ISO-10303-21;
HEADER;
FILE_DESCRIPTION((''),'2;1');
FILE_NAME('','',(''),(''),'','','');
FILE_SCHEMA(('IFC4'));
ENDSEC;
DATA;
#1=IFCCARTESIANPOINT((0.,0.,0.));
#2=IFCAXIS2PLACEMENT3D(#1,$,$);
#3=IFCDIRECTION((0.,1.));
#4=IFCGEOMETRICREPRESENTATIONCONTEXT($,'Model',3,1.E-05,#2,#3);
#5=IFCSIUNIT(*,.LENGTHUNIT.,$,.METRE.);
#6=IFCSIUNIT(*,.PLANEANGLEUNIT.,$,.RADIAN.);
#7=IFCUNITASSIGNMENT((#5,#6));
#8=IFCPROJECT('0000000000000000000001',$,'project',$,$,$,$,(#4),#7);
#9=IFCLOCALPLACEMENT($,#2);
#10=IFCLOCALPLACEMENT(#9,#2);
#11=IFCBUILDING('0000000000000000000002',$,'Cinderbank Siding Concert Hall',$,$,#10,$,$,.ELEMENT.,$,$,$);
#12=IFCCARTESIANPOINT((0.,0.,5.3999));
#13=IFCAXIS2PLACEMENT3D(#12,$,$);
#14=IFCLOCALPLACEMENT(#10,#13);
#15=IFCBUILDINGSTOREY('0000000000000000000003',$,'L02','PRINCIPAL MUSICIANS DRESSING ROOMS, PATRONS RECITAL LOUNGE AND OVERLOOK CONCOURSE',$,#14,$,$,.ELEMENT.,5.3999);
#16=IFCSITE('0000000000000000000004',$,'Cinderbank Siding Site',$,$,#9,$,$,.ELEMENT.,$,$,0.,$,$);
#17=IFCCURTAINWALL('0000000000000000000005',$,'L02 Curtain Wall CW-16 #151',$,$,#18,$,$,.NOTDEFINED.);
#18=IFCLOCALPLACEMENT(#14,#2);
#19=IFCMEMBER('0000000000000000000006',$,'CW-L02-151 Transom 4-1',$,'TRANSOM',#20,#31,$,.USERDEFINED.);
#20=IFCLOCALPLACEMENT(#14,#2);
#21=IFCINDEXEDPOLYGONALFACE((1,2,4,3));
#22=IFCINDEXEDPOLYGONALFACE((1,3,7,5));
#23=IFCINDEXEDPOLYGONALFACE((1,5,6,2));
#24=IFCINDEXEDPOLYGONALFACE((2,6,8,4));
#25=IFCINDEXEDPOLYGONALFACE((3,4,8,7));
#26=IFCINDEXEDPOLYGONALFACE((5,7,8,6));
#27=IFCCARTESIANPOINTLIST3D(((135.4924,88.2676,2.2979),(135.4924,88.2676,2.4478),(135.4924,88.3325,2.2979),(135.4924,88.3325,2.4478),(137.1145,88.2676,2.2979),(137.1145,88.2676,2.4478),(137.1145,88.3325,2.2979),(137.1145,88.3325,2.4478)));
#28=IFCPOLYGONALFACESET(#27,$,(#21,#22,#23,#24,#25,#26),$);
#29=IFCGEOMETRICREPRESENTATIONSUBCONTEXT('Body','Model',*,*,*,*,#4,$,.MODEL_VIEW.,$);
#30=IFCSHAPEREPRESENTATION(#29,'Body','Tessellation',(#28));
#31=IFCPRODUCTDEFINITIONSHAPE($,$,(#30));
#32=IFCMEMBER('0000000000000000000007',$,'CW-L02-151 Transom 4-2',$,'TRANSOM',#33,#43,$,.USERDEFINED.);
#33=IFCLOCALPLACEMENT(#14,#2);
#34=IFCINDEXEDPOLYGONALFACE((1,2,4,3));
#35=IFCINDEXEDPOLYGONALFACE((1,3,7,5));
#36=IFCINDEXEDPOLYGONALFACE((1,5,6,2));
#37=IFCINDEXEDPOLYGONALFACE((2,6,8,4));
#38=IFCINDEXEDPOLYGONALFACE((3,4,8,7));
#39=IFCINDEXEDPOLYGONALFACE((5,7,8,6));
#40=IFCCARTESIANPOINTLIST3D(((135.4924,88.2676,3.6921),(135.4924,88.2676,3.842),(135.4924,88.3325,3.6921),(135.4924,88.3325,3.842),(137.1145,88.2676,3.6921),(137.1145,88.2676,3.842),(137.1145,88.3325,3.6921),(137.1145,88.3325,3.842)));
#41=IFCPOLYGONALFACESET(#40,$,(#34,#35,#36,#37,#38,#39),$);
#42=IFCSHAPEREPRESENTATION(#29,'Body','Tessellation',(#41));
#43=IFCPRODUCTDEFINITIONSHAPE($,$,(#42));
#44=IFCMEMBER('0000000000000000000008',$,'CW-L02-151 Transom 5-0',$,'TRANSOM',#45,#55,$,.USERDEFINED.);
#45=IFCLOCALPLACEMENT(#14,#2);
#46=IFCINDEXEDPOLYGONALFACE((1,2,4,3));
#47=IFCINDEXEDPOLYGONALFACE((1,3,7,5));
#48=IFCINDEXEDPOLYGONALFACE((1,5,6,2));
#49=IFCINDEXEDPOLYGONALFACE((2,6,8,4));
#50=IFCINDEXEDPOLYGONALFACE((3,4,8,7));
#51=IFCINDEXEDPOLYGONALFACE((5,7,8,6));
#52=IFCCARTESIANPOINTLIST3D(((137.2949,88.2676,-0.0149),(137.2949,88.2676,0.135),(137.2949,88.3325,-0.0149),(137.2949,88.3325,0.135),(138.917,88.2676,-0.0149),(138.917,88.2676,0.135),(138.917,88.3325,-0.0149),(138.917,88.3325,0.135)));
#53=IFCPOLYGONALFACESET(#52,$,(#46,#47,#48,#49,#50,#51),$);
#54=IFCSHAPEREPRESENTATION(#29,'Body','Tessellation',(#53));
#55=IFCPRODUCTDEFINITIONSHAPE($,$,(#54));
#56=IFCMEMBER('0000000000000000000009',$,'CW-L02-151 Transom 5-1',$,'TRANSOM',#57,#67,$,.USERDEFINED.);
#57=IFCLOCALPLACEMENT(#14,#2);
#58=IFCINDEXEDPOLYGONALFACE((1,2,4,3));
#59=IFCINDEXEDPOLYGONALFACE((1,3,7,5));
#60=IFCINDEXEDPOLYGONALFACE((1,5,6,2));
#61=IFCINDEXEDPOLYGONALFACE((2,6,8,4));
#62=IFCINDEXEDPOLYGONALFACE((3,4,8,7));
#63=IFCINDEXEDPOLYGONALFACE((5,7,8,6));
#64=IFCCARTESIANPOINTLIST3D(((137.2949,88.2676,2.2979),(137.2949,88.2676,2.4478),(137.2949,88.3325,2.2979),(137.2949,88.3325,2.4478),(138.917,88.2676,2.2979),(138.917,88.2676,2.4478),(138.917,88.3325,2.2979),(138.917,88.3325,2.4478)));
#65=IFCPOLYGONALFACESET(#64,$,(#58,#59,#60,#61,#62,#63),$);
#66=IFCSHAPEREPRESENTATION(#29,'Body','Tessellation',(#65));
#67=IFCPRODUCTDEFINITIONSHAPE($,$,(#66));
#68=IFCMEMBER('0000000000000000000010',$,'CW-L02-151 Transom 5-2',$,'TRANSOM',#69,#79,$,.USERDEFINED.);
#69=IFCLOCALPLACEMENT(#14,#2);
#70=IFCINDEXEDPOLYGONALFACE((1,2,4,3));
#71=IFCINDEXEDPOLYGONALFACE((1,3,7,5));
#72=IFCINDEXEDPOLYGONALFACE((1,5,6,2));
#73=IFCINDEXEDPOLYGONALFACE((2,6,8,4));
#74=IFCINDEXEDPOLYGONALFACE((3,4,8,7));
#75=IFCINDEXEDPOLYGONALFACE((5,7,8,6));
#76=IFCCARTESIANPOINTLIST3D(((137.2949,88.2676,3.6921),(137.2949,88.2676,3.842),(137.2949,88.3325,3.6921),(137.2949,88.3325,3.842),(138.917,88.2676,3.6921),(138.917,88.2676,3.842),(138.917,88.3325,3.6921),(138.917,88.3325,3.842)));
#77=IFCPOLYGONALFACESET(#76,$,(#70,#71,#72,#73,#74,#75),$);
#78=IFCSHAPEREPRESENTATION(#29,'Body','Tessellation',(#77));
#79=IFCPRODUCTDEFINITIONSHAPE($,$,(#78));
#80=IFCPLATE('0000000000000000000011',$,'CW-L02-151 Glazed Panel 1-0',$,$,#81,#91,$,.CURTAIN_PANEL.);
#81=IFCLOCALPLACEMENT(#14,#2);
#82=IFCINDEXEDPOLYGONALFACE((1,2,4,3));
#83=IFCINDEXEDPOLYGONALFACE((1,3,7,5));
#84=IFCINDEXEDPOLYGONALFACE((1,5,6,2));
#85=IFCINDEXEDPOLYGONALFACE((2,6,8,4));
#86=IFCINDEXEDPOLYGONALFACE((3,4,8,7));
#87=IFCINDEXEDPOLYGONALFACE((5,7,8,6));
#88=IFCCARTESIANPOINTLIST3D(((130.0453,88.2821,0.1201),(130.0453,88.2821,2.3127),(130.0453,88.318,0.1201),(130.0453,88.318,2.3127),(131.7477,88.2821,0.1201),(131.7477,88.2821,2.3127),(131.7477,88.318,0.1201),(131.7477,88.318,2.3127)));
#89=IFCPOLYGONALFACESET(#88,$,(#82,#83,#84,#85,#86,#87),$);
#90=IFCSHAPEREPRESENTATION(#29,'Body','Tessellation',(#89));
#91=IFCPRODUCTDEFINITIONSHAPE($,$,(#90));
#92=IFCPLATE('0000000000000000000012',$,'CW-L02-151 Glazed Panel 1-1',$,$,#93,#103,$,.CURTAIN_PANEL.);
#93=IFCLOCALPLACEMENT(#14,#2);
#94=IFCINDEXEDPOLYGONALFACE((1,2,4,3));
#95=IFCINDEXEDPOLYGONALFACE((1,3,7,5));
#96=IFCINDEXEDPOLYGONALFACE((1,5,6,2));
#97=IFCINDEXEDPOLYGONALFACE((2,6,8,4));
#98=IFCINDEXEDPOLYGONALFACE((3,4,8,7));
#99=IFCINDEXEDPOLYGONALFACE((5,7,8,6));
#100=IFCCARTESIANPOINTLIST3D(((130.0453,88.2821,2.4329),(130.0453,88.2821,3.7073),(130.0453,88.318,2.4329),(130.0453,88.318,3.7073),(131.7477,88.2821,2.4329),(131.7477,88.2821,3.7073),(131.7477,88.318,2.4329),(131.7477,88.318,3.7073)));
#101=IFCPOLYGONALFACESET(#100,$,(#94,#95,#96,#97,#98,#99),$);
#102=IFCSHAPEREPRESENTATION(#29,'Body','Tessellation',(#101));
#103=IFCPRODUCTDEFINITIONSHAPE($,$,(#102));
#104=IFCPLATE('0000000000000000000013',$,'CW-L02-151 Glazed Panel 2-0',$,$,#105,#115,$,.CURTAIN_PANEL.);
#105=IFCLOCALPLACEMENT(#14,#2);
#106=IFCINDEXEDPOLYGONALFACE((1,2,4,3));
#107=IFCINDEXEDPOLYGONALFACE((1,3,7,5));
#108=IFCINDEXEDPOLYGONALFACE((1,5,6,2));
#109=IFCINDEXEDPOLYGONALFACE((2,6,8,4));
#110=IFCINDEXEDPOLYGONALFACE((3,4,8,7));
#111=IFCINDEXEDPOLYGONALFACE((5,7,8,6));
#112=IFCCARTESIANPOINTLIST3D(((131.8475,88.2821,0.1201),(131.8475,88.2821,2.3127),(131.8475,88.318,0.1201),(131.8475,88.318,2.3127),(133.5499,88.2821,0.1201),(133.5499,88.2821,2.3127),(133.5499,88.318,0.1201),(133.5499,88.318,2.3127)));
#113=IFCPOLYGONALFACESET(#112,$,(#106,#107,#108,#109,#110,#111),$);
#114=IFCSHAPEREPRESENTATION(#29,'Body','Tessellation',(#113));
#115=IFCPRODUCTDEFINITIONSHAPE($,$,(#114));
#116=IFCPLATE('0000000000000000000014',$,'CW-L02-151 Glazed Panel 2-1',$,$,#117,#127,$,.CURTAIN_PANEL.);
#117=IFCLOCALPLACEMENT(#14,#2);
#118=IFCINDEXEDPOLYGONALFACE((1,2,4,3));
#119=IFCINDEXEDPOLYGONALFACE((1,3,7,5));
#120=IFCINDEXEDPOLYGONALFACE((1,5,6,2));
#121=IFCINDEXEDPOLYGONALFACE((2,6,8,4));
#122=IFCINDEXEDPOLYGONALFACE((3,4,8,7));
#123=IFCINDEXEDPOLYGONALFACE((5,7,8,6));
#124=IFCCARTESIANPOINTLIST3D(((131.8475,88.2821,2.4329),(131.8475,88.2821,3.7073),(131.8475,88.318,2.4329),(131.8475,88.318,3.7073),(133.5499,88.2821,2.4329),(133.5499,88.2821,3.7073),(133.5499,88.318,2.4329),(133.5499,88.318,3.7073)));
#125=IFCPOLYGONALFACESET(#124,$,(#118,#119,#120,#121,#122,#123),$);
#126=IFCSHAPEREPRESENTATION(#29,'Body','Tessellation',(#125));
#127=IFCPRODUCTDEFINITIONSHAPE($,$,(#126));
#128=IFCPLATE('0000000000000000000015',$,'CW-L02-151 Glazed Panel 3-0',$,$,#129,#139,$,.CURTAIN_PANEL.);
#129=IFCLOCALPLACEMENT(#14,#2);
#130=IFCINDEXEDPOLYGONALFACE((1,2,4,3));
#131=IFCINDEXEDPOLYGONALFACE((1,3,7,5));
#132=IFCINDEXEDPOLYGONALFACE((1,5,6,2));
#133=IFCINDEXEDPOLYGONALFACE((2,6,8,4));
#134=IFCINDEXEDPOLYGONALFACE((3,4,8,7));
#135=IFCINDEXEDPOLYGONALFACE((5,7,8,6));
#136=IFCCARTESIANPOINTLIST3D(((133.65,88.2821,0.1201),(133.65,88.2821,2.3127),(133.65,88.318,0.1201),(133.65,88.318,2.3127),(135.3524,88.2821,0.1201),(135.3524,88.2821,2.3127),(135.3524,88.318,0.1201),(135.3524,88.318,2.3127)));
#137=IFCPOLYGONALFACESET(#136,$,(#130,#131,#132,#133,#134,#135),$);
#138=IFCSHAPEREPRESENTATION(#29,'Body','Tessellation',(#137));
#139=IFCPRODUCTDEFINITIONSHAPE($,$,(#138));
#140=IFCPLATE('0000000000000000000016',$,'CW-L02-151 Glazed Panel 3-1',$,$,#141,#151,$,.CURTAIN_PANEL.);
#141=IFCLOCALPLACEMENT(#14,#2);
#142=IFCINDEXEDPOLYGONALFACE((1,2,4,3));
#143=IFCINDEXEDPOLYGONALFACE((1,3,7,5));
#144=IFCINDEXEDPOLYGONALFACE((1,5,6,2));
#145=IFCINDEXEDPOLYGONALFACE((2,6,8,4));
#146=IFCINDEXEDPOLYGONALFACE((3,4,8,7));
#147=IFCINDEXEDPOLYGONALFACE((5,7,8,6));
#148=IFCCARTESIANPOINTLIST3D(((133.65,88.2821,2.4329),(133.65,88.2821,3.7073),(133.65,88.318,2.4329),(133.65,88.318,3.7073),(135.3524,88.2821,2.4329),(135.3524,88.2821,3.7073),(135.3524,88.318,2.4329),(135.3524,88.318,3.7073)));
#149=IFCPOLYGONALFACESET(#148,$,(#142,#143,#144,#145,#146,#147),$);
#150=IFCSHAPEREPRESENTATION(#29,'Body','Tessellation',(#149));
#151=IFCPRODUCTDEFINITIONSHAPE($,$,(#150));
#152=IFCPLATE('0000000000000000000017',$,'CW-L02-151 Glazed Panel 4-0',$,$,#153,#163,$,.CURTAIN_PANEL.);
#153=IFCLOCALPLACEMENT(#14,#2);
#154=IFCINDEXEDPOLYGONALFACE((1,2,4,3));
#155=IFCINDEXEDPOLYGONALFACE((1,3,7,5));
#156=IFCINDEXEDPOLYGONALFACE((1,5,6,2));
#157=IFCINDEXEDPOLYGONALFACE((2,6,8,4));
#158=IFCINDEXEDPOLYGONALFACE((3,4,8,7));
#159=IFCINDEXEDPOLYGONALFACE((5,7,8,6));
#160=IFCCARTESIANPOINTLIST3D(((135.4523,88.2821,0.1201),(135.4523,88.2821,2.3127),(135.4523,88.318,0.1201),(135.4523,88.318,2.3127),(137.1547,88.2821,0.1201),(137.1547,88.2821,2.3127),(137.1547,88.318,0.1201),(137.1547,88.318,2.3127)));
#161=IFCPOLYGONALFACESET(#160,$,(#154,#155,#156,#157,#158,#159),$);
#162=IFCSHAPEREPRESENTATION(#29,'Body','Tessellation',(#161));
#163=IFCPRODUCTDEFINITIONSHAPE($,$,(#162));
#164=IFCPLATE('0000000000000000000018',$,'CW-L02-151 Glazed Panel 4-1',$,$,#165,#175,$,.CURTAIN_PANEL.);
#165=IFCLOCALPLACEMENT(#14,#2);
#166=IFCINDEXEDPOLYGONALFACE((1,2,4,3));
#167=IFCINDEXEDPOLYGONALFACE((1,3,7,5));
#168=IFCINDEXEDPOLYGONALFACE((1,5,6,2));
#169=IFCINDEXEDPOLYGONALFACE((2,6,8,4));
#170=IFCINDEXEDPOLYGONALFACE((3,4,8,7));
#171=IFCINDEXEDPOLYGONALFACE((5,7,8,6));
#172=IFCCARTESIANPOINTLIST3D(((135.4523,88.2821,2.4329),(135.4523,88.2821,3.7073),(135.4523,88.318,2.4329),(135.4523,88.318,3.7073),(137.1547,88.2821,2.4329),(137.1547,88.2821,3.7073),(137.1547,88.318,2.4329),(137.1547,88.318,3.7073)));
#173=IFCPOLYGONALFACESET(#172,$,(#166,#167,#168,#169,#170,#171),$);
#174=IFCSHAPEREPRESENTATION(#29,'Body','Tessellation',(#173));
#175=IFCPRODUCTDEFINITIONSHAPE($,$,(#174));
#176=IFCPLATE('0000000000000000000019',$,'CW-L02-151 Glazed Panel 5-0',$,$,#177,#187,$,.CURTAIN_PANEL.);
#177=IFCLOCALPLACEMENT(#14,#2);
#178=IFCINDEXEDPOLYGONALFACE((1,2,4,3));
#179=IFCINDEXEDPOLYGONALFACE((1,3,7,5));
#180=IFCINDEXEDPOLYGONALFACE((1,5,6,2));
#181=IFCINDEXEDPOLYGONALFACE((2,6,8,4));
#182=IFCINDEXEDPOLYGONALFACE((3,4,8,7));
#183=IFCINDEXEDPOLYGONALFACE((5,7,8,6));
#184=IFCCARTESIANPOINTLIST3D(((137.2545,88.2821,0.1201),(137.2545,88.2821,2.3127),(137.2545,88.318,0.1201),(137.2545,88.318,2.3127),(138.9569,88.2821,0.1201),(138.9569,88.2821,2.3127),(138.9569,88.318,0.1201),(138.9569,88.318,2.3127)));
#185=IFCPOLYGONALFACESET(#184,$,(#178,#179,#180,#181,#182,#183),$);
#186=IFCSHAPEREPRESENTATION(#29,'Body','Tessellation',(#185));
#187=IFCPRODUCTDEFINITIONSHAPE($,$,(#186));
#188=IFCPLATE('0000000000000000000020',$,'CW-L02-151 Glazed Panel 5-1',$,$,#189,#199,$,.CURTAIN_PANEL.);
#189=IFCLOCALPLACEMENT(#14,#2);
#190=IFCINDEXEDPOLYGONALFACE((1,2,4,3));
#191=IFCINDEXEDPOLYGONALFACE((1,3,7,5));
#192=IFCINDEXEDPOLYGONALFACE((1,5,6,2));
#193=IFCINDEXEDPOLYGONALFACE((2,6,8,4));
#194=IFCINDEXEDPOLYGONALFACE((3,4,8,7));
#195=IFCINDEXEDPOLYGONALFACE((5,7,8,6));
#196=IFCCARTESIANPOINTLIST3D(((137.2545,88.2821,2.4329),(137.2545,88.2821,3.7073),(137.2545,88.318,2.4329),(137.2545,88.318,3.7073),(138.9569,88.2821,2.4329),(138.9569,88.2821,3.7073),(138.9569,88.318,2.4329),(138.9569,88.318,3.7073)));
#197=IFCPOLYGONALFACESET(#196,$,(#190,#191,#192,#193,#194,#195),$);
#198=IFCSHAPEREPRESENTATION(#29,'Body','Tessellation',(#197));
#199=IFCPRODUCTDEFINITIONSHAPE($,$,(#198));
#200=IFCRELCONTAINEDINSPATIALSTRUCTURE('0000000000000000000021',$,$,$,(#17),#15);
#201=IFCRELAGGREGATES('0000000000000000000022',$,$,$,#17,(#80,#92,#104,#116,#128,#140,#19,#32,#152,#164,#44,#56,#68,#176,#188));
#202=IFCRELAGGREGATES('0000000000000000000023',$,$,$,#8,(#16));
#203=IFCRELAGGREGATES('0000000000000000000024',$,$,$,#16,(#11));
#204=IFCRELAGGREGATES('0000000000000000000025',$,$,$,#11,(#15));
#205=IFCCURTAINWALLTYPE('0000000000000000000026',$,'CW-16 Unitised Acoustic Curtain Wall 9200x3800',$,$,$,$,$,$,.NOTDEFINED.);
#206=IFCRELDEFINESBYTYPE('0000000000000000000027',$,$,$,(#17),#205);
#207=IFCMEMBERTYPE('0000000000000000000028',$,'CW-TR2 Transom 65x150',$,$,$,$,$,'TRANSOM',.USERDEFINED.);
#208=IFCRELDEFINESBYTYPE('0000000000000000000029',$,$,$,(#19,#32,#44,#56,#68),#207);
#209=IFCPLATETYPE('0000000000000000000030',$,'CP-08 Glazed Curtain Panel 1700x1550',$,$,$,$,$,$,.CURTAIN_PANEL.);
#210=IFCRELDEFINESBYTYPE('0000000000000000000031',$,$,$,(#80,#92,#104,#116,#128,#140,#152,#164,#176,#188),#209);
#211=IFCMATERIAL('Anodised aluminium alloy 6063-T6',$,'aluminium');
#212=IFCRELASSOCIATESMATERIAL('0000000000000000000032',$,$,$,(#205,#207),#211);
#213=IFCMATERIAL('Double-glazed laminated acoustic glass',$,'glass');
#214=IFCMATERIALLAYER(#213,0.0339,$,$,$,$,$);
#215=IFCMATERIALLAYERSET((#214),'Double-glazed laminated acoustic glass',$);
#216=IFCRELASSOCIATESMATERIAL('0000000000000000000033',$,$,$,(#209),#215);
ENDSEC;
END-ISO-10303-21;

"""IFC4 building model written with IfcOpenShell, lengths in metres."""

from ifc_helpers import new_model, si_unit, direction, frame, origin, origin_2d, place, context, subcontext, project, spatial, rectangle, extrude, material, layer, layer_set, material_profile, profile_set, type_object, element, aggregate, save


model = new_model("IFC4")

# Units and contexts
model_context = context("Model", 3, precision=1e-05, world=origin(), true_north=direction((0.0, 1.0)))
body_context = subcontext(model_context, "Body", "Model", "MODEL_VIEW")
ifc_project = project(units=[si_unit("LENGTHUNIT", "METRE"), si_unit("PLANEANGLEUNIT", "RADIAN")], contexts=[model_context])

# Site, building, storey
site_placement = place(None, origin())
site = spatial("IfcSite", under=ifc_project, at=site_placement, Name="Cinderbank Siding Site", CompositionType="ELEMENT", RefElevation=0.0)
building_placement = place(site_placement, origin())
building = spatial("IfcBuilding", under=site, at=building_placement, Name="Cinderbank Siding Concert Hall", CompositionType="ELEMENT")
storey_placement = place(building_placement, frame((0.0, 0.0, 5.3999)))
storey = spatial("IfcBuildingStorey", under=building, at=storey_placement, Name="L02", Description="PRINCIPAL MUSICIANS DRESSING ROOMS, PATRONS RECITAL LOUNGE AND OVERLOOK CONCOURSE", CompositionType="ELEMENT", Elevation=5.3999)

# Curtain wall, members, plates
ifc_material_1 = material(Name="Anodised aluminium alloy 6063-T6", Category="aluminium")
curtain_wall_type = type_object("IfcCurtainWallType", Name="CW-16 Unitised Acoustic Curtain Wall 9200x3800", PredefinedType="NOTDEFINED", material=ifc_material_1)
curtain_wall_placement = place(storey_placement, origin())
curtain_wall = element("IfcCurtainWall", 1, at=curtain_wall_placement, inside=storey, type_object=curtain_wall_type, Name="L02 Curtain Wall CW-16 #151", PredefinedType="NOTDEFINED")
ifc_material_profile_1 = material_profile(ifc_material_1, rectangle(XDim=0.0649, YDim=0.1499, at=origin_2d()), Name="ALU-TRAN-65x150", Category="LoadBearing")
ifc_profile_set_1 = profile_set([ifc_material_profile_1], Name="Anodised aluminium alloy 6063-T6")
member_type_1 = type_object("IfcMemberType", Name="CW-TR2 Transom 65x150", ElementType="TRANSOM", PredefinedType="USERDEFINED", material=ifc_profile_set_1)
member_1_placement = place(storey_placement, frame((135.4924, 88.3, 2.3728), z_axis=(1.0, 0.0, 0.0), x_axis=(0.0, 1.0, 0.0)))
member_1 = element("IfcMember", 2, at=member_1_placement, type_object=member_type_1, Name="CW-L02-151 Transom 4-1", ObjectType="TRANSOM", PredefinedType="USERDEFINED", context=body_context, shape_type="SweptSolid", body=[
    extrude(rectangle(XDim=0.0649, YDim=0.1499, at=origin_2d()), origin(), (0.0, 0.0, 1.0), 1.6221),
])
member_2_placement = place(storey_placement, frame((135.4924, 88.3, 3.7671), z_axis=(1.0, 0.0, 0.0), x_axis=(0.0, 1.0, 0.0)))
member_2 = element("IfcMember", 3, at=member_2_placement, type_object=member_type_1, Name="CW-L02-151 Transom 4-2", ObjectType="TRANSOM", PredefinedType="USERDEFINED", context=body_context, shape_type="SweptSolid", body=[
    extrude(rectangle(XDim=0.0649, YDim=0.1499, at=origin_2d()), origin(), (0.0, 0.0, 1.0), 1.6221),
])
member_3_placement = place(storey_placement, frame((137.2949, 88.3, 0.0601), z_axis=(1.0, 0.0, 0.0), x_axis=(0.0, 1.0, 0.0)))
member_3 = element("IfcMember", 4, at=member_3_placement, type_object=member_type_1, Name="CW-L02-151 Transom 5-0", ObjectType="TRANSOM", PredefinedType="USERDEFINED", context=body_context, shape_type="SweptSolid", body=[
    extrude(rectangle(XDim=0.0649, YDim=0.1499, at=origin_2d()), origin(), (0.0, 0.0, 1.0), 1.6221),
])
member_4_placement = place(storey_placement, frame((137.2949, 88.3, 2.3728), z_axis=(1.0, 0.0, 0.0), x_axis=(0.0, 1.0, 0.0)))
member_4 = element("IfcMember", 5, at=member_4_placement, type_object=member_type_1, Name="CW-L02-151 Transom 5-1", ObjectType="TRANSOM", PredefinedType="USERDEFINED", context=body_context, shape_type="SweptSolid", body=[
    extrude(rectangle(XDim=0.0649, YDim=0.1499, at=origin_2d()), origin(), (0.0, 0.0, 1.0), 1.6221),
])
member_5_placement = place(storey_placement, frame((137.2949, 88.3, 3.7671), z_axis=(1.0, 0.0, 0.0), x_axis=(0.0, 1.0, 0.0)))
member_5 = element("IfcMember", 6, at=member_5_placement, type_object=member_type_1, Name="CW-L02-151 Transom 5-2", ObjectType="TRANSOM", PredefinedType="USERDEFINED", context=body_context, shape_type="SweptSolid", body=[
    extrude(rectangle(XDim=0.0649, YDim=0.1499, at=origin_2d()), origin(), (0.0, 0.0, 1.0), 1.6221),
])
ifc_material_2 = material(Name="Double-glazed laminated acoustic glass", Category="glass")
ifc_layer_1 = layer(ifc_material_2, 0.0339)
ifc_layer_set_1 = layer_set([ifc_layer_1], Name="Double-glazed laminated acoustic glass")
plate_type = type_object("IfcPlateType", Name="CP-08 Glazed Curtain Panel 1700x1550", PredefinedType="CURTAIN_PANEL", material=ifc_layer_set_1)
plate_1_placement = place(storey_placement, frame((130.8965, 88.3, 0.1201), z_axis=(0.0, 0.0, 1.0), x_axis=(1.0, 0.0, 0.0)))
plate_1 = element("IfcPlate", 7, at=plate_1_placement, type_object=plate_type, Name="CW-L02-151 Glazed Panel 1-0", PredefinedType="CURTAIN_PANEL", context=body_context, shape_type="SweptSolid", body=[
    extrude(rectangle(XDim=1.7024, YDim=0.0359, at=origin_2d()), origin(), (0.0, 0.0, 1.0), 2.1926),
])
plate_2_placement = place(storey_placement, frame((130.8965, 88.3, 2.4329), z_axis=(0.0, 0.0, 1.0), x_axis=(1.0, 0.0, 0.0)))
plate_2 = element("IfcPlate", 8, at=plate_2_placement, type_object=plate_type, Name="CW-L02-151 Glazed Panel 1-1", PredefinedType="CURTAIN_PANEL", context=body_context, shape_type="SweptSolid", body=[
    extrude(rectangle(XDim=1.7024, YDim=0.0359, at=origin_2d()), origin(), (0.0, 0.0, 1.0), 1.2744),
])
plate_3_placement = place(storey_placement, frame((132.6987, 88.3, 0.1201), z_axis=(0.0, 0.0, 1.0), x_axis=(1.0, 0.0, 0.0)))
plate_3 = element("IfcPlate", 9, at=plate_3_placement, type_object=plate_type, Name="CW-L02-151 Glazed Panel 2-0", PredefinedType="CURTAIN_PANEL", context=body_context, shape_type="SweptSolid", body=[
    extrude(rectangle(XDim=1.7024, YDim=0.0359, at=origin_2d()), origin(), (0.0, 0.0, 1.0), 2.1926),
])
plate_4_placement = place(storey_placement, frame((132.6987, 88.3, 2.4329), z_axis=(0.0, 0.0, 1.0), x_axis=(1.0, 0.0, 0.0)))
plate_4 = element("IfcPlate", 10, at=plate_4_placement, type_object=plate_type, Name="CW-L02-151 Glazed Panel 2-1", PredefinedType="CURTAIN_PANEL", context=body_context, shape_type="SweptSolid", body=[
    extrude(rectangle(XDim=1.7024, YDim=0.0359, at=origin_2d()), origin(), (0.0, 0.0, 1.0), 1.2744),
])
plate_5_placement = place(storey_placement, frame((134.5012, 88.3, 0.1201), z_axis=(0.0, 0.0, 1.0), x_axis=(1.0, 0.0, 0.0)))
plate_5 = element("IfcPlate", 11, at=plate_5_placement, type_object=plate_type, Name="CW-L02-151 Glazed Panel 3-0", PredefinedType="CURTAIN_PANEL", context=body_context, shape_type="SweptSolid", body=[
    extrude(rectangle(XDim=1.7024, YDim=0.0359, at=origin_2d()), origin(), (0.0, 0.0, 1.0), 2.1926),
])
plate_6_placement = place(storey_placement, frame((134.5012, 88.3, 2.4329), z_axis=(0.0, 0.0, 1.0), x_axis=(1.0, 0.0, 0.0)))
plate_6 = element("IfcPlate", 12, at=plate_6_placement, type_object=plate_type, Name="CW-L02-151 Glazed Panel 3-1", PredefinedType="CURTAIN_PANEL", context=body_context, shape_type="SweptSolid", body=[
    extrude(rectangle(XDim=1.7024, YDim=0.0359, at=origin_2d()), origin(), (0.0, 0.0, 1.0), 1.2744),
])
plate_7_placement = place(storey_placement, frame((136.3035, 88.3, 0.1201), z_axis=(0.0, 0.0, 1.0), x_axis=(1.0, 0.0, 0.0)))
plate_7 = element("IfcPlate", 13, at=plate_7_placement, type_object=plate_type, Name="CW-L02-151 Glazed Panel 4-0", PredefinedType="CURTAIN_PANEL", context=body_context, shape_type="SweptSolid", body=[
    extrude(rectangle(XDim=1.7024, YDim=0.0359, at=origin_2d()), origin(), (0.0, 0.0, 1.0), 2.1926),
])
plate_8_placement = place(storey_placement, frame((136.3035, 88.3, 2.4329), z_axis=(0.0, 0.0, 1.0), x_axis=(1.0, 0.0, 0.0)))
plate_8 = element("IfcPlate", 14, at=plate_8_placement, type_object=plate_type, Name="CW-L02-151 Glazed Panel 4-1", PredefinedType="CURTAIN_PANEL", context=body_context, shape_type="SweptSolid", body=[
    extrude(rectangle(XDim=1.7024, YDim=0.0359, at=origin_2d()), origin(), (0.0, 0.0, 1.0), 1.2744),
])
plate_9_placement = place(storey_placement, frame((138.1057, 88.3, 0.1201), z_axis=(0.0, 0.0, 1.0), x_axis=(1.0, 0.0, 0.0)))
plate_9 = element("IfcPlate", 15, at=plate_9_placement, type_object=plate_type, Name="CW-L02-151 Glazed Panel 5-0", PredefinedType="CURTAIN_PANEL", context=body_context, shape_type="SweptSolid", body=[
    extrude(rectangle(XDim=1.7024, YDim=0.0359, at=origin_2d()), origin(), (0.0, 0.0, 1.0), 2.1926),
])
plate_10_placement = place(storey_placement, frame((138.1057, 88.3, 2.4329), z_axis=(0.0, 0.0, 1.0), x_axis=(1.0, 0.0, 0.0)))
plate_10 = element("IfcPlate", 16, at=plate_10_placement, type_object=plate_type, Name="CW-L02-151 Glazed Panel 5-1", PredefinedType="CURTAIN_PANEL", context=body_context, shape_type="SweptSolid", body=[
    extrude(rectangle(XDim=1.7024, YDim=0.0359, at=origin_2d()), origin(), (0.0, 0.0, 1.0), 1.2744),
])
aggregate(curtain_wall, [plate_1, plate_2, plate_3, plate_4, plate_5, plate_6, member_1, member_2, plate_7, plate_8, member_3, member_4, member_5, plate_9, plate_10])

save(model, "model.ifc")
